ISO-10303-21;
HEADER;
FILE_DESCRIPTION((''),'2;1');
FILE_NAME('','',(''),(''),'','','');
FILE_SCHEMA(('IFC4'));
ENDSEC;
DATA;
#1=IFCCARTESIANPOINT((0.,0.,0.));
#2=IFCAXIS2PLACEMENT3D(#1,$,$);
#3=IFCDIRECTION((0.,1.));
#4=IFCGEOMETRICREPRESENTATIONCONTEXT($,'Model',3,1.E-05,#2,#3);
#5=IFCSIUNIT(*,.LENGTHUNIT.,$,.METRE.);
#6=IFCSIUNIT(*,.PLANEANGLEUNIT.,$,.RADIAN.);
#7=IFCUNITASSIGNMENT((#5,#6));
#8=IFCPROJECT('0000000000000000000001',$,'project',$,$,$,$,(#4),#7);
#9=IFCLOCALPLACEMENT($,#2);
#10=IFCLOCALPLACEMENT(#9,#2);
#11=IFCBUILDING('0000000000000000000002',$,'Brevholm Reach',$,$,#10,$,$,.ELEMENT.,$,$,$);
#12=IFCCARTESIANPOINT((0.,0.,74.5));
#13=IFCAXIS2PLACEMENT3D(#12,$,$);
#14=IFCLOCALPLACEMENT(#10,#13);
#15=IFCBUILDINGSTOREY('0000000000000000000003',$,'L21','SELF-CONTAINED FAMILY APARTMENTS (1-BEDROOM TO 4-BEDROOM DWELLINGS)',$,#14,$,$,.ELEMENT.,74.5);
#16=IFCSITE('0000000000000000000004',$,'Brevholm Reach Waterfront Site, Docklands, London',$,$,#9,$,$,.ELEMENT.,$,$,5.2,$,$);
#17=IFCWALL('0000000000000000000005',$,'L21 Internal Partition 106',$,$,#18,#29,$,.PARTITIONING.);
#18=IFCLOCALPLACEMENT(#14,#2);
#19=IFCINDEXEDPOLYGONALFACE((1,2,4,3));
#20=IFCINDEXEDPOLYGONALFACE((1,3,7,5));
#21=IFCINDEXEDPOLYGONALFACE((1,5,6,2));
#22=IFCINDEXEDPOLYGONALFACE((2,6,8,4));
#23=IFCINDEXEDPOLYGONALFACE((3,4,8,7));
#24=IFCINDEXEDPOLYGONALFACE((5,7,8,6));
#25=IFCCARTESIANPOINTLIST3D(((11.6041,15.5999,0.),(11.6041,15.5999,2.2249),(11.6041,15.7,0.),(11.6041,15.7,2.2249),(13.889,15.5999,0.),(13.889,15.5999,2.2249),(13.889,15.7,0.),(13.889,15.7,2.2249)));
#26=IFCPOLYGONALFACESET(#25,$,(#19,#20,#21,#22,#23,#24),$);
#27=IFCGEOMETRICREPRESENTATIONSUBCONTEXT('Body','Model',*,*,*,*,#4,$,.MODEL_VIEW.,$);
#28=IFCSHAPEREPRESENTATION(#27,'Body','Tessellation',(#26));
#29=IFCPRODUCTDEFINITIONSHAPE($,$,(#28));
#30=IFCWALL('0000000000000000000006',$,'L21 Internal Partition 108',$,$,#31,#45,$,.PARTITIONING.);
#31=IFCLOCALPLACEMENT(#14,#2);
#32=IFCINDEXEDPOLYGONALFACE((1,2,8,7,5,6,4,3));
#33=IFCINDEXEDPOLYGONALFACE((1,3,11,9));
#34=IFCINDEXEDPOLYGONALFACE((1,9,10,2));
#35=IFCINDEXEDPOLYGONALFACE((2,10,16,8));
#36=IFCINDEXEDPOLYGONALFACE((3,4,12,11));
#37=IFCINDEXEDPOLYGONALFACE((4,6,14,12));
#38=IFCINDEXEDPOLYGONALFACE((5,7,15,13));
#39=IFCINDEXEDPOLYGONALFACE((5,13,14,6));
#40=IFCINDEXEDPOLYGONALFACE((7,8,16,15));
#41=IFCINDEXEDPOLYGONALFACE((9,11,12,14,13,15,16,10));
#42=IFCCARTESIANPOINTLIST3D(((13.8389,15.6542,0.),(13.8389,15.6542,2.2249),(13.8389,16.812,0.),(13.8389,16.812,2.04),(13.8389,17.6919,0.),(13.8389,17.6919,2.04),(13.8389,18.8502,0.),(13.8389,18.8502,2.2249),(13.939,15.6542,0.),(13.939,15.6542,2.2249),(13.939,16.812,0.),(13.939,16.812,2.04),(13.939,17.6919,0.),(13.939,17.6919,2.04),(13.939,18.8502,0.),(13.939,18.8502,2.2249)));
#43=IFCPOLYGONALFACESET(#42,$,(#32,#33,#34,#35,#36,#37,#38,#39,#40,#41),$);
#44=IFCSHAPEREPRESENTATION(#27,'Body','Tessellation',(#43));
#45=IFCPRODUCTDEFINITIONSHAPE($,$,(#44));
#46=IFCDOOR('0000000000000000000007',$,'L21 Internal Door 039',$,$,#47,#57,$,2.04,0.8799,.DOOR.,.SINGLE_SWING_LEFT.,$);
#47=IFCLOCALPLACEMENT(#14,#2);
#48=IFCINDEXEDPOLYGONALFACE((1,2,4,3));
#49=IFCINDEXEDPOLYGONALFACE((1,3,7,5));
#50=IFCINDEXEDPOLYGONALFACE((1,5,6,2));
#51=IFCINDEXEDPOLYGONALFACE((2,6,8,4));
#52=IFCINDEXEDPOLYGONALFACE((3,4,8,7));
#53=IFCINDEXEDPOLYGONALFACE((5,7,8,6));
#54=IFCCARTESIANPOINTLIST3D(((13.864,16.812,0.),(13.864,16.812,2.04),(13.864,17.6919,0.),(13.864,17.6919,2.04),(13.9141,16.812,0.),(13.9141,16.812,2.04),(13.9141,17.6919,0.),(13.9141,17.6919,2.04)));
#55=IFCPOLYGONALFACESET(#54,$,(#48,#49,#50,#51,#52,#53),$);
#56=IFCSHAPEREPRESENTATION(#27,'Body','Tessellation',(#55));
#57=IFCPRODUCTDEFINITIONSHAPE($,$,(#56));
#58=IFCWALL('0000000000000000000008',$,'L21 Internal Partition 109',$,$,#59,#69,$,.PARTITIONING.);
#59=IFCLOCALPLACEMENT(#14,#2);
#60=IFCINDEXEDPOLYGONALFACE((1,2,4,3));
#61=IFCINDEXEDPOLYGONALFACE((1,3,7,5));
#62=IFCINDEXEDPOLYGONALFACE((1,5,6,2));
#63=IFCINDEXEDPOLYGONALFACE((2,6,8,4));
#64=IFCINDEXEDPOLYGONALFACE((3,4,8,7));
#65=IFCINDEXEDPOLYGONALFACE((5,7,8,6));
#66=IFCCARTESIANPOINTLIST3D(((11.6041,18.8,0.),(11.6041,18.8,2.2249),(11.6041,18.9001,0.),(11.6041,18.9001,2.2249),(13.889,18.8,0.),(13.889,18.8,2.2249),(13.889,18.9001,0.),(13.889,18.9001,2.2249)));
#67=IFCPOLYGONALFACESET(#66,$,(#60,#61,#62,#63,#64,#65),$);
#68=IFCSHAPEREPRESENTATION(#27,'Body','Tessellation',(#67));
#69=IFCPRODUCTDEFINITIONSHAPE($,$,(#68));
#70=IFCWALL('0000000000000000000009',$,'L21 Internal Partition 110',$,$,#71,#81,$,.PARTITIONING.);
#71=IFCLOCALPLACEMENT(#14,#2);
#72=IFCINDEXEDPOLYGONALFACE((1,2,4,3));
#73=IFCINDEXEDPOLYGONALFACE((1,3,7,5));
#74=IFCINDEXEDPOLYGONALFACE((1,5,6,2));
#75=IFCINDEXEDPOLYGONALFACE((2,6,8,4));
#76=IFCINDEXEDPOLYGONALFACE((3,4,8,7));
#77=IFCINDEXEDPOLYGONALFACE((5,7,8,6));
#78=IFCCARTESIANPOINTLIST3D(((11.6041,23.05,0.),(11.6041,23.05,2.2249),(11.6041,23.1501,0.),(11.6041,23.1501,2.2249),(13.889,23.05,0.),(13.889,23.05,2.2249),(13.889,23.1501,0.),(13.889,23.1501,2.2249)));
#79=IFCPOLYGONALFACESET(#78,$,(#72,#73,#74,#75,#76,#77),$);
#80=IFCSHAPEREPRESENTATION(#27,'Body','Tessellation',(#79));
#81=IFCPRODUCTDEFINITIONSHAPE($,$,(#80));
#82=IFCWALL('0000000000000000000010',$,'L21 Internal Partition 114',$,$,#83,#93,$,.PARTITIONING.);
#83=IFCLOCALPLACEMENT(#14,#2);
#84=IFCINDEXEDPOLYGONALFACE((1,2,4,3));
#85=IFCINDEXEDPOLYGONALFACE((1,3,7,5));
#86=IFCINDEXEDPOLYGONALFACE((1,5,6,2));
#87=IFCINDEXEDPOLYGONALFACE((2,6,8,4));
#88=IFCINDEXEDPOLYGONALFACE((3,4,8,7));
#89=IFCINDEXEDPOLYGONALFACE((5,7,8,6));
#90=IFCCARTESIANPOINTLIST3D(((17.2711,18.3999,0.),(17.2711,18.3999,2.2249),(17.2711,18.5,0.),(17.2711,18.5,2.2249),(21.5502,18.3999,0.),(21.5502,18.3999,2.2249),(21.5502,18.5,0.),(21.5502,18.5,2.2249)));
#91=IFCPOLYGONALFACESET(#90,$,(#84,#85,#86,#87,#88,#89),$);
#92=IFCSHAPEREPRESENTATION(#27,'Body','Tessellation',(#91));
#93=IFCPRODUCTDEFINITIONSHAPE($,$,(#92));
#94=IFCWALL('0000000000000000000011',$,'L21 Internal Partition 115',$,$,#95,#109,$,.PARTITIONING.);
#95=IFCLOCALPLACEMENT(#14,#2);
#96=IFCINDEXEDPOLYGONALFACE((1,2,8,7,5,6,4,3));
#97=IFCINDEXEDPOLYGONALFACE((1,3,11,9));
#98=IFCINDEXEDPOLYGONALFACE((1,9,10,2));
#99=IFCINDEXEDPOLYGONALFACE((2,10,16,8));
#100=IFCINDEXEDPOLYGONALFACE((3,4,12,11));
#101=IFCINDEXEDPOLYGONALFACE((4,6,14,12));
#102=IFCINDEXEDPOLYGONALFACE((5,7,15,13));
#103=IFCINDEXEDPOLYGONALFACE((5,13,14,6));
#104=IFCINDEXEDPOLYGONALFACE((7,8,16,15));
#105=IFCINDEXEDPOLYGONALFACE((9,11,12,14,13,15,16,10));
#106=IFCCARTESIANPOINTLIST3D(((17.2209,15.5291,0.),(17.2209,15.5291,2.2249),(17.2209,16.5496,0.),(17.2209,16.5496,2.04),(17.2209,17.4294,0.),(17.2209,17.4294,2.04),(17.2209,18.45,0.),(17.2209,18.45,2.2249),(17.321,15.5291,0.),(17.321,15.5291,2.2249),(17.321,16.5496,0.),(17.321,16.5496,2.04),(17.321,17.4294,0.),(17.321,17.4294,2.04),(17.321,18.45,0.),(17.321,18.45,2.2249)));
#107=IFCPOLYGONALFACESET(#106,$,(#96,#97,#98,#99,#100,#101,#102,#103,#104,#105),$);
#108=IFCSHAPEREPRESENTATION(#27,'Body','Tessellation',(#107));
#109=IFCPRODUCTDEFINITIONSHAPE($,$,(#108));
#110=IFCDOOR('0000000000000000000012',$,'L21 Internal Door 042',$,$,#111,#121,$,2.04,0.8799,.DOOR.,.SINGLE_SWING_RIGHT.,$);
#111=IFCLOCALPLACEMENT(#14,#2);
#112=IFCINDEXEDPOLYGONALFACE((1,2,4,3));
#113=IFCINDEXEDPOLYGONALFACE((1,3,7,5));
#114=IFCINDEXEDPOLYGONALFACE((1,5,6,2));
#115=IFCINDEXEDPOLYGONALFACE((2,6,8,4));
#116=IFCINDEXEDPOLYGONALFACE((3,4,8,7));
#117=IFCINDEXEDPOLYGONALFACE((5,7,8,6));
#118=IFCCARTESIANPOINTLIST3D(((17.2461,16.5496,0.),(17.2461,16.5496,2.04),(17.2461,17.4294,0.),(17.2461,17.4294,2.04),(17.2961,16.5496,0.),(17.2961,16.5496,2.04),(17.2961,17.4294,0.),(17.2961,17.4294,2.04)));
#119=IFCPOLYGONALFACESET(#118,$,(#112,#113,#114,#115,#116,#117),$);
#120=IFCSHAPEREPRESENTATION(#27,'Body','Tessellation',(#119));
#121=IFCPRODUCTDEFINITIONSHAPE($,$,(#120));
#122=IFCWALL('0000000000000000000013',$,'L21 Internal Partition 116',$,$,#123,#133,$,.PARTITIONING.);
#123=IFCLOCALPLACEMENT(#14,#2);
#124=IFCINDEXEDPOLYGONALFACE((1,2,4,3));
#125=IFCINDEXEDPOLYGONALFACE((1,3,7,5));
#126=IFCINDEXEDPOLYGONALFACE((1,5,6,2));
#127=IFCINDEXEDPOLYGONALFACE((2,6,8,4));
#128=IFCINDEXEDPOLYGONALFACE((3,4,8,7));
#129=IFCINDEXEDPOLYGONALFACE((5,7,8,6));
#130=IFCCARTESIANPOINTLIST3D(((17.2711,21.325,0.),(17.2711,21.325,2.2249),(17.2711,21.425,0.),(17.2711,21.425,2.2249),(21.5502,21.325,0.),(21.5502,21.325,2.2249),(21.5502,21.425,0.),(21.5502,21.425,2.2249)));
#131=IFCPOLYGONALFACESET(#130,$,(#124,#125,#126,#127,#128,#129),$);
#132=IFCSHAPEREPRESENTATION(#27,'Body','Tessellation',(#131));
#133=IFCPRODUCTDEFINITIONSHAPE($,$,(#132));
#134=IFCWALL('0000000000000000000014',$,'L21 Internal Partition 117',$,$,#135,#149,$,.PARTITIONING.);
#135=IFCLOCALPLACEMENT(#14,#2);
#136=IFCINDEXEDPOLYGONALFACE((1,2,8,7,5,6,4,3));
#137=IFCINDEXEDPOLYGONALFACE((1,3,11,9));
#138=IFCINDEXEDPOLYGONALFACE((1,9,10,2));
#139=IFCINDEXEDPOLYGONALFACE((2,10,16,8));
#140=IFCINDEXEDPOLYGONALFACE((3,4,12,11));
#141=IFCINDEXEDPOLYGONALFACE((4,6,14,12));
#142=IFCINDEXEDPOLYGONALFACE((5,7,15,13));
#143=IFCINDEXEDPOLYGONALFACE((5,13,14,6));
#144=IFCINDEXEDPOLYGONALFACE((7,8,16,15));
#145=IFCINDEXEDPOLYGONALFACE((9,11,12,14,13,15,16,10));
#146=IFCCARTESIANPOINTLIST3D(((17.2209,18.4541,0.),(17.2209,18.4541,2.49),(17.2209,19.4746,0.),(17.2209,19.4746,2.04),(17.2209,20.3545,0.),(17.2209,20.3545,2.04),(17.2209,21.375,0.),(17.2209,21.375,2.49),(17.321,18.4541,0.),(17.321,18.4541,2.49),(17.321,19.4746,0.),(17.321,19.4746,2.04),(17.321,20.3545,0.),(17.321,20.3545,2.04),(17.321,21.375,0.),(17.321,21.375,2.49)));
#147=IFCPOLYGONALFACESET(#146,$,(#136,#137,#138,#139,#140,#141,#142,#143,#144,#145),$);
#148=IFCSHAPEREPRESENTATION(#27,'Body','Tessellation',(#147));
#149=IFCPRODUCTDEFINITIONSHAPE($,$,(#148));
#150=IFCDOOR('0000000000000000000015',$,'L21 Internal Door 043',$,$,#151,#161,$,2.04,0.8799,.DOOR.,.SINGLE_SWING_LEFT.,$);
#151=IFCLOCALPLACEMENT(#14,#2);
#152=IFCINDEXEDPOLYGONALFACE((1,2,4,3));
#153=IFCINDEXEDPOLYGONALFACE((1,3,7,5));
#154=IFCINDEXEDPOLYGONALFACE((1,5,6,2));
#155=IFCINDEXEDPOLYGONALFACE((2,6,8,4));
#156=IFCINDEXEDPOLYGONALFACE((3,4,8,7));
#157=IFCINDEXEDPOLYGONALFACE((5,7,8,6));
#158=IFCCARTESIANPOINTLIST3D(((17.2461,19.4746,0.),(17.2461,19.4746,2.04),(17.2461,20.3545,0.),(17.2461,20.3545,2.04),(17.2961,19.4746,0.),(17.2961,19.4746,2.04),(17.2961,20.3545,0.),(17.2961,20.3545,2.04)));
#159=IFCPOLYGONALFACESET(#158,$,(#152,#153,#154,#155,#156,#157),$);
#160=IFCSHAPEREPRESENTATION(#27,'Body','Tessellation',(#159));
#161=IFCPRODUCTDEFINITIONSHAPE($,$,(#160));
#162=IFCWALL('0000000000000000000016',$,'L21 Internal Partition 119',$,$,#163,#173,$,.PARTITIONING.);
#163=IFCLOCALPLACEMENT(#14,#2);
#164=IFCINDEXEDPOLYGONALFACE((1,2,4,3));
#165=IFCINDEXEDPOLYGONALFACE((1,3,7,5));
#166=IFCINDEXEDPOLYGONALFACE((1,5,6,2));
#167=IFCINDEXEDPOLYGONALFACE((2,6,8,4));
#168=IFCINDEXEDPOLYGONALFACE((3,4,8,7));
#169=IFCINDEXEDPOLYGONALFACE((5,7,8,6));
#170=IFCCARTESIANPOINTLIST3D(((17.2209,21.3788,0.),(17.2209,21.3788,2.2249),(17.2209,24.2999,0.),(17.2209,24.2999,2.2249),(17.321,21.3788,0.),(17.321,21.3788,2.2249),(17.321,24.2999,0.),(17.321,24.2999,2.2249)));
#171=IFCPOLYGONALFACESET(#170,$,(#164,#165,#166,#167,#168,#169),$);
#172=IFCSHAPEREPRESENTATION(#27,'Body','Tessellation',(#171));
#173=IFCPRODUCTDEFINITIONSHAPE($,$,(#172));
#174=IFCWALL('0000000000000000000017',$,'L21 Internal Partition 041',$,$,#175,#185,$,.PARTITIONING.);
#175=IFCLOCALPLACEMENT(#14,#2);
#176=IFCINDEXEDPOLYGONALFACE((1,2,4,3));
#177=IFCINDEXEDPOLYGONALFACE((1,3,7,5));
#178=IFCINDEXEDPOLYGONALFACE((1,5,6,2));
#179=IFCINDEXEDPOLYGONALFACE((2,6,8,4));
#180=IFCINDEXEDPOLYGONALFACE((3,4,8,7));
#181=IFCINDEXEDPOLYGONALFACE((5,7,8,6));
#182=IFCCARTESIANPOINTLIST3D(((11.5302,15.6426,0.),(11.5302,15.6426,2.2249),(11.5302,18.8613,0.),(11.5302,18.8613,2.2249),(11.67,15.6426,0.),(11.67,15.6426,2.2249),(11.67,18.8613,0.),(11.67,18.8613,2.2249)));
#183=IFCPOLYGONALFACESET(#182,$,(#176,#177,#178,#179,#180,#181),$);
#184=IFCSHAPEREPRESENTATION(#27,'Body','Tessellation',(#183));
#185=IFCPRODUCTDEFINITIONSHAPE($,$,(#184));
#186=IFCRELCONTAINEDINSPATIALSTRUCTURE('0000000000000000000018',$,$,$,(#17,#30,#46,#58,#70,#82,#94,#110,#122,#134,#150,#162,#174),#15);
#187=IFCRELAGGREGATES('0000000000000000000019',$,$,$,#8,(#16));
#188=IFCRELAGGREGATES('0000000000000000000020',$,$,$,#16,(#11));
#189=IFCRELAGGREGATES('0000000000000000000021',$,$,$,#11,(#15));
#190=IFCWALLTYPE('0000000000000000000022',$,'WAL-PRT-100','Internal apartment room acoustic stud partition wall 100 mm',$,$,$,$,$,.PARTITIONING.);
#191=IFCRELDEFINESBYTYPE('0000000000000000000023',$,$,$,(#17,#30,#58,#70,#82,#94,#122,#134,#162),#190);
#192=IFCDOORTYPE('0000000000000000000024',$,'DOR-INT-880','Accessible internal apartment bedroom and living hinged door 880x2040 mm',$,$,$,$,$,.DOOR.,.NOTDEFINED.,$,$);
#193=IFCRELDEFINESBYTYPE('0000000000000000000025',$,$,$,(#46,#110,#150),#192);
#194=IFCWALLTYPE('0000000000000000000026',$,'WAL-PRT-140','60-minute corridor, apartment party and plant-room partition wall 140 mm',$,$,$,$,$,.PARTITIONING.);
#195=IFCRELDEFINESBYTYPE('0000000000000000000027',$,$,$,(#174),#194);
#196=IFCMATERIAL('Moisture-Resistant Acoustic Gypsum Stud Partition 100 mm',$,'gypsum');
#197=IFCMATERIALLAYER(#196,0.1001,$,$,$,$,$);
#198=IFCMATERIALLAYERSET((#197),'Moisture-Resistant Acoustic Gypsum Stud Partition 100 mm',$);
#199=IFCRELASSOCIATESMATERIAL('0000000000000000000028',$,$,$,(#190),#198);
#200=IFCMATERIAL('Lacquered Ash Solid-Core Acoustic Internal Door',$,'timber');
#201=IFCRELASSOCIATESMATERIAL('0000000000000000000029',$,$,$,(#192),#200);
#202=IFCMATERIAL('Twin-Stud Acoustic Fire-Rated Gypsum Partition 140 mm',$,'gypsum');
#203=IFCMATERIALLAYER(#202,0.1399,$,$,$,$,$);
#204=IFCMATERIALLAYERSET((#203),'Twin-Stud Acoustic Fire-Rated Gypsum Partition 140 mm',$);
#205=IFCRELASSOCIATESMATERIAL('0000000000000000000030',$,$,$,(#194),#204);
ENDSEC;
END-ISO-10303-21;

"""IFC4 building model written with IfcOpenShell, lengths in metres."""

from ifc_helpers import new_model, si_unit, direction, frame, frame_2d, origin, place, context, subcontext, project, spatial, rectangle, extrude, material, layer, layer_set, type_object, element, fill, save


model = new_model("IFC4")

# Units and contexts
model_context = context("Model", 3, precision=1e-05, world=origin(), true_north=direction((0.0, 1.0)))
body_context = subcontext(model_context, "Body", "Model", "MODEL_VIEW")
ifc_project = project(units=[si_unit("LENGTHUNIT", "METRE"), si_unit("PLANEANGLEUNIT", "RADIAN")], contexts=[model_context])

# Site, building, storey
site_placement = place(None, origin())
site = spatial("IfcSite", under=ifc_project, at=site_placement, Name="Brevholm Reach Waterfront Site, Docklands, London", CompositionType="ELEMENT", RefElevation=5.2)
building_placement = place(site_placement, origin())
building = spatial("IfcBuilding", under=site, at=building_placement, Name="Brevholm Reach", CompositionType="ELEMENT")
storey_placement = place(building_placement, frame((0.0, 0.0, 74.5)))
storey = spatial("IfcBuildingStorey", under=building, at=storey_placement, Name="L21", Description="SELF-CONTAINED FAMILY APARTMENTS (1-BEDROOM TO 4-BEDROOM DWELLINGS)", CompositionType="ELEMENT", Elevation=74.5)

# Wall
ifc_material_1 = material(Name="Moisture-Resistant Acoustic Gypsum Stud Partition 100 mm", Category="gypsum")
ifc_layer_1 = layer(ifc_material_1, 0.1001)
ifc_layer_set_1 = layer_set([ifc_layer_1], Name="Moisture-Resistant Acoustic Gypsum Stud Partition 100 mm")
wall_type_1 = type_object("IfcWallType", Name="WAL-PRT-100", Description="Internal apartment room acoustic stud partition wall 100 mm", PredefinedType="PARTITIONING", material=ifc_layer_set_1)
wall_1_placement = place(storey_placement, frame((11.604, 15.6499, 0.0), z_axis=(0.0, 0.0, 1.0), x_axis=(1.0, 0.0, 0.0)))
element("IfcWall", 1, at=wall_1_placement, inside=storey, type_object=wall_type_1, Name="L21 Internal Partition 106", PredefinedType="PARTITIONING", context=body_context, shape_type="SweptSolid", body=[
    extrude(rectangle(XDim=2.2849, YDim=0.1001, at=frame_2d((1.1426, 0.0))), origin(), (0.0, 0.0, 1.0), 2.2249),
])

# Wall, opening, door
wall_2_placement = place(storey_placement, frame((13.8889, 15.6541, 0.0), z_axis=(0.0, 0.0, 1.0), x_axis=(0.0, 1.0, 0.0)))
wall_2 = element("IfcWall", 2, at=wall_2_placement, inside=storey, type_object=wall_type_1, Name="L21 Internal Partition 108", PredefinedType="PARTITIONING", context=body_context, shape_type="SweptSolid", body=[
    extrude(rectangle(XDim=3.196, YDim=0.1001, at=frame_2d((1.5981, 0.0))), origin(), (0.0, 0.0, 1.0), 2.2249),
])
opening_1_placement = place(wall_2_placement, frame((1.158, 0.0, 0.0)))
opening_1 = element("IfcOpeningElement", 3, at=opening_1_placement, cuts=wall_2, PredefinedType="OPENING", context=body_context, shape_type="SweptSolid", body=[
    extrude(rectangle(XDim=0.8799, YDim=2.04, at=frame_2d((0.4399, 1.02))), frame((0.0, 0.0601, 0.0), z_axis=(0.0, -1.0, 0.0), x_axis=(1.0, 0.0, 0.0)), (0.0, 0.0, 1.0), 0.1201),
])
ifc_material_2 = material(Name="Lacquered Ash Solid-Core Acoustic Internal Door", Category="timber")
door_type_1 = type_object("IfcDoorType", Name="DOR-INT-880", Description="Accessible internal apartment bedroom and living hinged door 880x2040 mm", OperationType="NOTDEFINED", PredefinedType="DOOR", material=ifc_material_2)
door_1_placement = place(opening_1_placement, origin())
door_1 = element("IfcDoor", 4, at=door_1_placement, inside=storey, type_object=door_type_1, Name="L21 Internal Door 039", OperationType="SINGLE_SWING_LEFT", OverallHeight=2.04, OverallWidth=0.8799, PredefinedType="DOOR", context=body_context, shape_type="SweptSolid", body=[
    extrude(rectangle(XDim=0.8799, YDim=2.04, at=frame_2d((0.4399, 1.02))), frame((0.0, 0.0249, 0.0), z_axis=(0.0, -1.0, 0.0), x_axis=(1.0, 0.0, 0.0)), (0.0, 0.0, 1.0), 0.05),
])
fill(opening_1, door_1)

# Walls
for number, where, z_axis, x_axis, name in (
    (5, (11.604, 18.8501, 0.0), (0.0, 0.0, 1.0), (1.0, 0.0, 0.0), "L21 Internal Partition 109"),
    (6, (11.604, 23.1001, 0.0), (0.0, 0.0, 1.0), (1.0, 0.0, 0.0), "L21 Internal Partition 110"),
):
    element("IfcWall", number, at=place(storey_placement, frame(where, z_axis=z_axis, x_axis=x_axis)), inside=storey, type_object=wall_type_1, Name=name, PredefinedType="PARTITIONING", context=body_context, shape_type="SweptSolid", body=[
        extrude(rectangle(XDim=2.2849, YDim=0.1001, at=frame_2d((1.1426, 0.0))), origin(), (0.0, 0.0, 1.0), 2.2249),
    ])
wall_3_placement = place(storey_placement, frame((17.271, 18.45, 0.0), z_axis=(0.0, 0.0, 1.0), x_axis=(1.0, 0.0, 0.0)))
element("IfcWall", 7, at=wall_3_placement, inside=storey, type_object=wall_type_1, Name="L21 Internal Partition 114", PredefinedType="PARTITIONING", context=body_context, shape_type="SweptSolid", body=[
    extrude(rectangle(XDim=4.2791, YDim=0.1001, at=frame_2d((2.1396, 0.0))), origin(), (0.0, 0.0, 1.0), 2.2249),
])

# Wall, opening, door
wall_4_placement = place(storey_placement, frame((17.271, 15.5291, 0.0), z_axis=(0.0, 0.0, 1.0), x_axis=(0.0, 1.0, 0.0)))
wall_4 = element("IfcWall", 8, at=wall_4_placement, inside=storey, type_object=wall_type_1, Name="L21 Internal Partition 115", PredefinedType="PARTITIONING", context=body_context, shape_type="SweptSolid", body=[
    extrude(rectangle(XDim=2.9209, YDim=0.1001, at=frame_2d((1.4604, 0.0))), origin(), (0.0, 0.0, 1.0), 2.2249),
])
opening_2_placement = place(wall_4_placement, frame((1.0205, 0.0, 0.0)))
opening_2 = element("IfcOpeningElement", 9, at=opening_2_placement, cuts=wall_4, PredefinedType="OPENING", context=body_context, shape_type="SweptSolid", body=[
    extrude(rectangle(XDim=0.8799, YDim=2.04, at=frame_2d((0.4399, 1.02))), frame((0.0, 0.0601, 0.0), z_axis=(0.0, -1.0, 0.0), x_axis=(1.0, 0.0, 0.0)), (0.0, 0.0, 1.0), 0.1201),
])
door_2_placement = place(opening_2_placement, origin())
door_2 = element("IfcDoor", 10, at=door_2_placement, inside=storey, type_object=door_type_1, Name="L21 Internal Door 042", OperationType="SINGLE_SWING_RIGHT", OverallHeight=2.04, OverallWidth=0.8799, PredefinedType="DOOR", context=body_context, shape_type="SweptSolid", body=[
    extrude(rectangle(XDim=0.8799, YDim=2.04, at=frame_2d((0.4399, 1.02))), frame((0.0, 0.0249, 0.0), z_axis=(0.0, -1.0, 0.0), x_axis=(1.0, 0.0, 0.0)), (0.0, 0.0, 1.0), 0.05),
])
fill(opening_2, door_2)

# Wall
wall_5_placement = place(storey_placement, frame((17.271, 21.375, 0.0), z_axis=(0.0, 0.0, 1.0), x_axis=(1.0, 0.0, 0.0)))
element("IfcWall", 11, at=wall_5_placement, inside=storey, type_object=wall_type_1, Name="L21 Internal Partition 116", PredefinedType="PARTITIONING", context=body_context, shape_type="SweptSolid", body=[
    extrude(rectangle(XDim=4.2791, YDim=0.1001, at=frame_2d((2.1396, 0.0))), origin(), (0.0, 0.0, 1.0), 2.2249),
])

# Wall, opening, door
wall_6_placement = place(storey_placement, frame((17.271, 18.4541, 0.0), z_axis=(0.0, 0.0, 1.0), x_axis=(0.0, 1.0, 0.0)))
wall_6 = element("IfcWall", 12, at=wall_6_placement, inside=storey, type_object=wall_type_1, Name="L21 Internal Partition 117", PredefinedType="PARTITIONING", context=body_context, shape_type="SweptSolid", body=[
    extrude(rectangle(XDim=2.9209, YDim=0.1001, at=frame_2d((1.4604, 0.0))), origin(), (0.0, 0.0, 1.0), 2.49),
])
opening_3_placement = place(wall_6_placement, frame((1.0205, 0.0, 0.0)))
opening_3 = element("IfcOpeningElement", 13, at=opening_3_placement, cuts=wall_6, PredefinedType="OPENING", context=body_context, shape_type="SweptSolid", body=[
    extrude(rectangle(XDim=0.8799, YDim=2.04, at=frame_2d((0.4399, 1.02))), frame((0.0, 0.0601, 0.0), z_axis=(0.0, -1.0, 0.0), x_axis=(1.0, 0.0, 0.0)), (0.0, 0.0, 1.0), 0.1201),
])
door_3_placement = place(opening_3_placement, origin())
door_3 = element("IfcDoor", 14, at=door_3_placement, inside=storey, type_object=door_type_1, Name="L21 Internal Door 043", OperationType="SINGLE_SWING_LEFT", OverallHeight=2.04, OverallWidth=0.8799, PredefinedType="DOOR", context=body_context, shape_type="SweptSolid", body=[
    extrude(rectangle(XDim=0.8799, YDim=2.04, at=frame_2d((0.4399, 1.02))), frame((0.0, 0.0249, 0.0), z_axis=(0.0, -1.0, 0.0), x_axis=(1.0, 0.0, 0.0)), (0.0, 0.0, 1.0), 0.05),
])
fill(opening_3, door_3)

# Walls
wall_7_placement = place(storey_placement, frame((17.271, 21.3789, 0.0), z_axis=(0.0, 0.0, 1.0), x_axis=(0.0, 1.0, 0.0)))
element("IfcWall", 15, at=wall_7_placement, inside=storey, type_object=wall_type_1, Name="L21 Internal Partition 119", PredefinedType="PARTITIONING", context=body_context, shape_type="SweptSolid", body=[
    extrude(rectangle(XDim=2.9211, YDim=0.1001, at=frame_2d((1.4604, 0.0))), origin(), (0.0, 0.0, 1.0), 2.2249),
])
ifc_material_3 = material(Name="Twin-Stud Acoustic Fire-Rated Gypsum Partition 140 mm", Category="gypsum")
ifc_layer_2 = layer(ifc_material_3, 0.1399)
ifc_layer_set_2 = layer_set([ifc_layer_2], Name="Twin-Stud Acoustic Fire-Rated Gypsum Partition 140 mm")
wall_type_2 = type_object("IfcWallType", Name="WAL-PRT-140", Description="60-minute corridor, apartment party and plant-room partition wall 140 mm", PredefinedType="PARTITIONING", material=ifc_layer_set_2)
wall_8_placement = place(storey_placement, frame((11.6001, 15.6426, 0.0), z_axis=(0.0, 0.0, 1.0), x_axis=(0.0, 1.0, 0.0)))
element("IfcWall", 16, at=wall_8_placement, inside=storey, type_object=wall_type_2, Name="L21 Internal Partition 041", PredefinedType="PARTITIONING", context=body_context, shape_type="SweptSolid", body=[
    extrude(rectangle(XDim=3.2188, YDim=0.1399, at=frame_2d((1.6094, 0.0))), origin(), (0.0, 0.0, 1.0), 2.2249),
])

save(model, "model.ifc")
